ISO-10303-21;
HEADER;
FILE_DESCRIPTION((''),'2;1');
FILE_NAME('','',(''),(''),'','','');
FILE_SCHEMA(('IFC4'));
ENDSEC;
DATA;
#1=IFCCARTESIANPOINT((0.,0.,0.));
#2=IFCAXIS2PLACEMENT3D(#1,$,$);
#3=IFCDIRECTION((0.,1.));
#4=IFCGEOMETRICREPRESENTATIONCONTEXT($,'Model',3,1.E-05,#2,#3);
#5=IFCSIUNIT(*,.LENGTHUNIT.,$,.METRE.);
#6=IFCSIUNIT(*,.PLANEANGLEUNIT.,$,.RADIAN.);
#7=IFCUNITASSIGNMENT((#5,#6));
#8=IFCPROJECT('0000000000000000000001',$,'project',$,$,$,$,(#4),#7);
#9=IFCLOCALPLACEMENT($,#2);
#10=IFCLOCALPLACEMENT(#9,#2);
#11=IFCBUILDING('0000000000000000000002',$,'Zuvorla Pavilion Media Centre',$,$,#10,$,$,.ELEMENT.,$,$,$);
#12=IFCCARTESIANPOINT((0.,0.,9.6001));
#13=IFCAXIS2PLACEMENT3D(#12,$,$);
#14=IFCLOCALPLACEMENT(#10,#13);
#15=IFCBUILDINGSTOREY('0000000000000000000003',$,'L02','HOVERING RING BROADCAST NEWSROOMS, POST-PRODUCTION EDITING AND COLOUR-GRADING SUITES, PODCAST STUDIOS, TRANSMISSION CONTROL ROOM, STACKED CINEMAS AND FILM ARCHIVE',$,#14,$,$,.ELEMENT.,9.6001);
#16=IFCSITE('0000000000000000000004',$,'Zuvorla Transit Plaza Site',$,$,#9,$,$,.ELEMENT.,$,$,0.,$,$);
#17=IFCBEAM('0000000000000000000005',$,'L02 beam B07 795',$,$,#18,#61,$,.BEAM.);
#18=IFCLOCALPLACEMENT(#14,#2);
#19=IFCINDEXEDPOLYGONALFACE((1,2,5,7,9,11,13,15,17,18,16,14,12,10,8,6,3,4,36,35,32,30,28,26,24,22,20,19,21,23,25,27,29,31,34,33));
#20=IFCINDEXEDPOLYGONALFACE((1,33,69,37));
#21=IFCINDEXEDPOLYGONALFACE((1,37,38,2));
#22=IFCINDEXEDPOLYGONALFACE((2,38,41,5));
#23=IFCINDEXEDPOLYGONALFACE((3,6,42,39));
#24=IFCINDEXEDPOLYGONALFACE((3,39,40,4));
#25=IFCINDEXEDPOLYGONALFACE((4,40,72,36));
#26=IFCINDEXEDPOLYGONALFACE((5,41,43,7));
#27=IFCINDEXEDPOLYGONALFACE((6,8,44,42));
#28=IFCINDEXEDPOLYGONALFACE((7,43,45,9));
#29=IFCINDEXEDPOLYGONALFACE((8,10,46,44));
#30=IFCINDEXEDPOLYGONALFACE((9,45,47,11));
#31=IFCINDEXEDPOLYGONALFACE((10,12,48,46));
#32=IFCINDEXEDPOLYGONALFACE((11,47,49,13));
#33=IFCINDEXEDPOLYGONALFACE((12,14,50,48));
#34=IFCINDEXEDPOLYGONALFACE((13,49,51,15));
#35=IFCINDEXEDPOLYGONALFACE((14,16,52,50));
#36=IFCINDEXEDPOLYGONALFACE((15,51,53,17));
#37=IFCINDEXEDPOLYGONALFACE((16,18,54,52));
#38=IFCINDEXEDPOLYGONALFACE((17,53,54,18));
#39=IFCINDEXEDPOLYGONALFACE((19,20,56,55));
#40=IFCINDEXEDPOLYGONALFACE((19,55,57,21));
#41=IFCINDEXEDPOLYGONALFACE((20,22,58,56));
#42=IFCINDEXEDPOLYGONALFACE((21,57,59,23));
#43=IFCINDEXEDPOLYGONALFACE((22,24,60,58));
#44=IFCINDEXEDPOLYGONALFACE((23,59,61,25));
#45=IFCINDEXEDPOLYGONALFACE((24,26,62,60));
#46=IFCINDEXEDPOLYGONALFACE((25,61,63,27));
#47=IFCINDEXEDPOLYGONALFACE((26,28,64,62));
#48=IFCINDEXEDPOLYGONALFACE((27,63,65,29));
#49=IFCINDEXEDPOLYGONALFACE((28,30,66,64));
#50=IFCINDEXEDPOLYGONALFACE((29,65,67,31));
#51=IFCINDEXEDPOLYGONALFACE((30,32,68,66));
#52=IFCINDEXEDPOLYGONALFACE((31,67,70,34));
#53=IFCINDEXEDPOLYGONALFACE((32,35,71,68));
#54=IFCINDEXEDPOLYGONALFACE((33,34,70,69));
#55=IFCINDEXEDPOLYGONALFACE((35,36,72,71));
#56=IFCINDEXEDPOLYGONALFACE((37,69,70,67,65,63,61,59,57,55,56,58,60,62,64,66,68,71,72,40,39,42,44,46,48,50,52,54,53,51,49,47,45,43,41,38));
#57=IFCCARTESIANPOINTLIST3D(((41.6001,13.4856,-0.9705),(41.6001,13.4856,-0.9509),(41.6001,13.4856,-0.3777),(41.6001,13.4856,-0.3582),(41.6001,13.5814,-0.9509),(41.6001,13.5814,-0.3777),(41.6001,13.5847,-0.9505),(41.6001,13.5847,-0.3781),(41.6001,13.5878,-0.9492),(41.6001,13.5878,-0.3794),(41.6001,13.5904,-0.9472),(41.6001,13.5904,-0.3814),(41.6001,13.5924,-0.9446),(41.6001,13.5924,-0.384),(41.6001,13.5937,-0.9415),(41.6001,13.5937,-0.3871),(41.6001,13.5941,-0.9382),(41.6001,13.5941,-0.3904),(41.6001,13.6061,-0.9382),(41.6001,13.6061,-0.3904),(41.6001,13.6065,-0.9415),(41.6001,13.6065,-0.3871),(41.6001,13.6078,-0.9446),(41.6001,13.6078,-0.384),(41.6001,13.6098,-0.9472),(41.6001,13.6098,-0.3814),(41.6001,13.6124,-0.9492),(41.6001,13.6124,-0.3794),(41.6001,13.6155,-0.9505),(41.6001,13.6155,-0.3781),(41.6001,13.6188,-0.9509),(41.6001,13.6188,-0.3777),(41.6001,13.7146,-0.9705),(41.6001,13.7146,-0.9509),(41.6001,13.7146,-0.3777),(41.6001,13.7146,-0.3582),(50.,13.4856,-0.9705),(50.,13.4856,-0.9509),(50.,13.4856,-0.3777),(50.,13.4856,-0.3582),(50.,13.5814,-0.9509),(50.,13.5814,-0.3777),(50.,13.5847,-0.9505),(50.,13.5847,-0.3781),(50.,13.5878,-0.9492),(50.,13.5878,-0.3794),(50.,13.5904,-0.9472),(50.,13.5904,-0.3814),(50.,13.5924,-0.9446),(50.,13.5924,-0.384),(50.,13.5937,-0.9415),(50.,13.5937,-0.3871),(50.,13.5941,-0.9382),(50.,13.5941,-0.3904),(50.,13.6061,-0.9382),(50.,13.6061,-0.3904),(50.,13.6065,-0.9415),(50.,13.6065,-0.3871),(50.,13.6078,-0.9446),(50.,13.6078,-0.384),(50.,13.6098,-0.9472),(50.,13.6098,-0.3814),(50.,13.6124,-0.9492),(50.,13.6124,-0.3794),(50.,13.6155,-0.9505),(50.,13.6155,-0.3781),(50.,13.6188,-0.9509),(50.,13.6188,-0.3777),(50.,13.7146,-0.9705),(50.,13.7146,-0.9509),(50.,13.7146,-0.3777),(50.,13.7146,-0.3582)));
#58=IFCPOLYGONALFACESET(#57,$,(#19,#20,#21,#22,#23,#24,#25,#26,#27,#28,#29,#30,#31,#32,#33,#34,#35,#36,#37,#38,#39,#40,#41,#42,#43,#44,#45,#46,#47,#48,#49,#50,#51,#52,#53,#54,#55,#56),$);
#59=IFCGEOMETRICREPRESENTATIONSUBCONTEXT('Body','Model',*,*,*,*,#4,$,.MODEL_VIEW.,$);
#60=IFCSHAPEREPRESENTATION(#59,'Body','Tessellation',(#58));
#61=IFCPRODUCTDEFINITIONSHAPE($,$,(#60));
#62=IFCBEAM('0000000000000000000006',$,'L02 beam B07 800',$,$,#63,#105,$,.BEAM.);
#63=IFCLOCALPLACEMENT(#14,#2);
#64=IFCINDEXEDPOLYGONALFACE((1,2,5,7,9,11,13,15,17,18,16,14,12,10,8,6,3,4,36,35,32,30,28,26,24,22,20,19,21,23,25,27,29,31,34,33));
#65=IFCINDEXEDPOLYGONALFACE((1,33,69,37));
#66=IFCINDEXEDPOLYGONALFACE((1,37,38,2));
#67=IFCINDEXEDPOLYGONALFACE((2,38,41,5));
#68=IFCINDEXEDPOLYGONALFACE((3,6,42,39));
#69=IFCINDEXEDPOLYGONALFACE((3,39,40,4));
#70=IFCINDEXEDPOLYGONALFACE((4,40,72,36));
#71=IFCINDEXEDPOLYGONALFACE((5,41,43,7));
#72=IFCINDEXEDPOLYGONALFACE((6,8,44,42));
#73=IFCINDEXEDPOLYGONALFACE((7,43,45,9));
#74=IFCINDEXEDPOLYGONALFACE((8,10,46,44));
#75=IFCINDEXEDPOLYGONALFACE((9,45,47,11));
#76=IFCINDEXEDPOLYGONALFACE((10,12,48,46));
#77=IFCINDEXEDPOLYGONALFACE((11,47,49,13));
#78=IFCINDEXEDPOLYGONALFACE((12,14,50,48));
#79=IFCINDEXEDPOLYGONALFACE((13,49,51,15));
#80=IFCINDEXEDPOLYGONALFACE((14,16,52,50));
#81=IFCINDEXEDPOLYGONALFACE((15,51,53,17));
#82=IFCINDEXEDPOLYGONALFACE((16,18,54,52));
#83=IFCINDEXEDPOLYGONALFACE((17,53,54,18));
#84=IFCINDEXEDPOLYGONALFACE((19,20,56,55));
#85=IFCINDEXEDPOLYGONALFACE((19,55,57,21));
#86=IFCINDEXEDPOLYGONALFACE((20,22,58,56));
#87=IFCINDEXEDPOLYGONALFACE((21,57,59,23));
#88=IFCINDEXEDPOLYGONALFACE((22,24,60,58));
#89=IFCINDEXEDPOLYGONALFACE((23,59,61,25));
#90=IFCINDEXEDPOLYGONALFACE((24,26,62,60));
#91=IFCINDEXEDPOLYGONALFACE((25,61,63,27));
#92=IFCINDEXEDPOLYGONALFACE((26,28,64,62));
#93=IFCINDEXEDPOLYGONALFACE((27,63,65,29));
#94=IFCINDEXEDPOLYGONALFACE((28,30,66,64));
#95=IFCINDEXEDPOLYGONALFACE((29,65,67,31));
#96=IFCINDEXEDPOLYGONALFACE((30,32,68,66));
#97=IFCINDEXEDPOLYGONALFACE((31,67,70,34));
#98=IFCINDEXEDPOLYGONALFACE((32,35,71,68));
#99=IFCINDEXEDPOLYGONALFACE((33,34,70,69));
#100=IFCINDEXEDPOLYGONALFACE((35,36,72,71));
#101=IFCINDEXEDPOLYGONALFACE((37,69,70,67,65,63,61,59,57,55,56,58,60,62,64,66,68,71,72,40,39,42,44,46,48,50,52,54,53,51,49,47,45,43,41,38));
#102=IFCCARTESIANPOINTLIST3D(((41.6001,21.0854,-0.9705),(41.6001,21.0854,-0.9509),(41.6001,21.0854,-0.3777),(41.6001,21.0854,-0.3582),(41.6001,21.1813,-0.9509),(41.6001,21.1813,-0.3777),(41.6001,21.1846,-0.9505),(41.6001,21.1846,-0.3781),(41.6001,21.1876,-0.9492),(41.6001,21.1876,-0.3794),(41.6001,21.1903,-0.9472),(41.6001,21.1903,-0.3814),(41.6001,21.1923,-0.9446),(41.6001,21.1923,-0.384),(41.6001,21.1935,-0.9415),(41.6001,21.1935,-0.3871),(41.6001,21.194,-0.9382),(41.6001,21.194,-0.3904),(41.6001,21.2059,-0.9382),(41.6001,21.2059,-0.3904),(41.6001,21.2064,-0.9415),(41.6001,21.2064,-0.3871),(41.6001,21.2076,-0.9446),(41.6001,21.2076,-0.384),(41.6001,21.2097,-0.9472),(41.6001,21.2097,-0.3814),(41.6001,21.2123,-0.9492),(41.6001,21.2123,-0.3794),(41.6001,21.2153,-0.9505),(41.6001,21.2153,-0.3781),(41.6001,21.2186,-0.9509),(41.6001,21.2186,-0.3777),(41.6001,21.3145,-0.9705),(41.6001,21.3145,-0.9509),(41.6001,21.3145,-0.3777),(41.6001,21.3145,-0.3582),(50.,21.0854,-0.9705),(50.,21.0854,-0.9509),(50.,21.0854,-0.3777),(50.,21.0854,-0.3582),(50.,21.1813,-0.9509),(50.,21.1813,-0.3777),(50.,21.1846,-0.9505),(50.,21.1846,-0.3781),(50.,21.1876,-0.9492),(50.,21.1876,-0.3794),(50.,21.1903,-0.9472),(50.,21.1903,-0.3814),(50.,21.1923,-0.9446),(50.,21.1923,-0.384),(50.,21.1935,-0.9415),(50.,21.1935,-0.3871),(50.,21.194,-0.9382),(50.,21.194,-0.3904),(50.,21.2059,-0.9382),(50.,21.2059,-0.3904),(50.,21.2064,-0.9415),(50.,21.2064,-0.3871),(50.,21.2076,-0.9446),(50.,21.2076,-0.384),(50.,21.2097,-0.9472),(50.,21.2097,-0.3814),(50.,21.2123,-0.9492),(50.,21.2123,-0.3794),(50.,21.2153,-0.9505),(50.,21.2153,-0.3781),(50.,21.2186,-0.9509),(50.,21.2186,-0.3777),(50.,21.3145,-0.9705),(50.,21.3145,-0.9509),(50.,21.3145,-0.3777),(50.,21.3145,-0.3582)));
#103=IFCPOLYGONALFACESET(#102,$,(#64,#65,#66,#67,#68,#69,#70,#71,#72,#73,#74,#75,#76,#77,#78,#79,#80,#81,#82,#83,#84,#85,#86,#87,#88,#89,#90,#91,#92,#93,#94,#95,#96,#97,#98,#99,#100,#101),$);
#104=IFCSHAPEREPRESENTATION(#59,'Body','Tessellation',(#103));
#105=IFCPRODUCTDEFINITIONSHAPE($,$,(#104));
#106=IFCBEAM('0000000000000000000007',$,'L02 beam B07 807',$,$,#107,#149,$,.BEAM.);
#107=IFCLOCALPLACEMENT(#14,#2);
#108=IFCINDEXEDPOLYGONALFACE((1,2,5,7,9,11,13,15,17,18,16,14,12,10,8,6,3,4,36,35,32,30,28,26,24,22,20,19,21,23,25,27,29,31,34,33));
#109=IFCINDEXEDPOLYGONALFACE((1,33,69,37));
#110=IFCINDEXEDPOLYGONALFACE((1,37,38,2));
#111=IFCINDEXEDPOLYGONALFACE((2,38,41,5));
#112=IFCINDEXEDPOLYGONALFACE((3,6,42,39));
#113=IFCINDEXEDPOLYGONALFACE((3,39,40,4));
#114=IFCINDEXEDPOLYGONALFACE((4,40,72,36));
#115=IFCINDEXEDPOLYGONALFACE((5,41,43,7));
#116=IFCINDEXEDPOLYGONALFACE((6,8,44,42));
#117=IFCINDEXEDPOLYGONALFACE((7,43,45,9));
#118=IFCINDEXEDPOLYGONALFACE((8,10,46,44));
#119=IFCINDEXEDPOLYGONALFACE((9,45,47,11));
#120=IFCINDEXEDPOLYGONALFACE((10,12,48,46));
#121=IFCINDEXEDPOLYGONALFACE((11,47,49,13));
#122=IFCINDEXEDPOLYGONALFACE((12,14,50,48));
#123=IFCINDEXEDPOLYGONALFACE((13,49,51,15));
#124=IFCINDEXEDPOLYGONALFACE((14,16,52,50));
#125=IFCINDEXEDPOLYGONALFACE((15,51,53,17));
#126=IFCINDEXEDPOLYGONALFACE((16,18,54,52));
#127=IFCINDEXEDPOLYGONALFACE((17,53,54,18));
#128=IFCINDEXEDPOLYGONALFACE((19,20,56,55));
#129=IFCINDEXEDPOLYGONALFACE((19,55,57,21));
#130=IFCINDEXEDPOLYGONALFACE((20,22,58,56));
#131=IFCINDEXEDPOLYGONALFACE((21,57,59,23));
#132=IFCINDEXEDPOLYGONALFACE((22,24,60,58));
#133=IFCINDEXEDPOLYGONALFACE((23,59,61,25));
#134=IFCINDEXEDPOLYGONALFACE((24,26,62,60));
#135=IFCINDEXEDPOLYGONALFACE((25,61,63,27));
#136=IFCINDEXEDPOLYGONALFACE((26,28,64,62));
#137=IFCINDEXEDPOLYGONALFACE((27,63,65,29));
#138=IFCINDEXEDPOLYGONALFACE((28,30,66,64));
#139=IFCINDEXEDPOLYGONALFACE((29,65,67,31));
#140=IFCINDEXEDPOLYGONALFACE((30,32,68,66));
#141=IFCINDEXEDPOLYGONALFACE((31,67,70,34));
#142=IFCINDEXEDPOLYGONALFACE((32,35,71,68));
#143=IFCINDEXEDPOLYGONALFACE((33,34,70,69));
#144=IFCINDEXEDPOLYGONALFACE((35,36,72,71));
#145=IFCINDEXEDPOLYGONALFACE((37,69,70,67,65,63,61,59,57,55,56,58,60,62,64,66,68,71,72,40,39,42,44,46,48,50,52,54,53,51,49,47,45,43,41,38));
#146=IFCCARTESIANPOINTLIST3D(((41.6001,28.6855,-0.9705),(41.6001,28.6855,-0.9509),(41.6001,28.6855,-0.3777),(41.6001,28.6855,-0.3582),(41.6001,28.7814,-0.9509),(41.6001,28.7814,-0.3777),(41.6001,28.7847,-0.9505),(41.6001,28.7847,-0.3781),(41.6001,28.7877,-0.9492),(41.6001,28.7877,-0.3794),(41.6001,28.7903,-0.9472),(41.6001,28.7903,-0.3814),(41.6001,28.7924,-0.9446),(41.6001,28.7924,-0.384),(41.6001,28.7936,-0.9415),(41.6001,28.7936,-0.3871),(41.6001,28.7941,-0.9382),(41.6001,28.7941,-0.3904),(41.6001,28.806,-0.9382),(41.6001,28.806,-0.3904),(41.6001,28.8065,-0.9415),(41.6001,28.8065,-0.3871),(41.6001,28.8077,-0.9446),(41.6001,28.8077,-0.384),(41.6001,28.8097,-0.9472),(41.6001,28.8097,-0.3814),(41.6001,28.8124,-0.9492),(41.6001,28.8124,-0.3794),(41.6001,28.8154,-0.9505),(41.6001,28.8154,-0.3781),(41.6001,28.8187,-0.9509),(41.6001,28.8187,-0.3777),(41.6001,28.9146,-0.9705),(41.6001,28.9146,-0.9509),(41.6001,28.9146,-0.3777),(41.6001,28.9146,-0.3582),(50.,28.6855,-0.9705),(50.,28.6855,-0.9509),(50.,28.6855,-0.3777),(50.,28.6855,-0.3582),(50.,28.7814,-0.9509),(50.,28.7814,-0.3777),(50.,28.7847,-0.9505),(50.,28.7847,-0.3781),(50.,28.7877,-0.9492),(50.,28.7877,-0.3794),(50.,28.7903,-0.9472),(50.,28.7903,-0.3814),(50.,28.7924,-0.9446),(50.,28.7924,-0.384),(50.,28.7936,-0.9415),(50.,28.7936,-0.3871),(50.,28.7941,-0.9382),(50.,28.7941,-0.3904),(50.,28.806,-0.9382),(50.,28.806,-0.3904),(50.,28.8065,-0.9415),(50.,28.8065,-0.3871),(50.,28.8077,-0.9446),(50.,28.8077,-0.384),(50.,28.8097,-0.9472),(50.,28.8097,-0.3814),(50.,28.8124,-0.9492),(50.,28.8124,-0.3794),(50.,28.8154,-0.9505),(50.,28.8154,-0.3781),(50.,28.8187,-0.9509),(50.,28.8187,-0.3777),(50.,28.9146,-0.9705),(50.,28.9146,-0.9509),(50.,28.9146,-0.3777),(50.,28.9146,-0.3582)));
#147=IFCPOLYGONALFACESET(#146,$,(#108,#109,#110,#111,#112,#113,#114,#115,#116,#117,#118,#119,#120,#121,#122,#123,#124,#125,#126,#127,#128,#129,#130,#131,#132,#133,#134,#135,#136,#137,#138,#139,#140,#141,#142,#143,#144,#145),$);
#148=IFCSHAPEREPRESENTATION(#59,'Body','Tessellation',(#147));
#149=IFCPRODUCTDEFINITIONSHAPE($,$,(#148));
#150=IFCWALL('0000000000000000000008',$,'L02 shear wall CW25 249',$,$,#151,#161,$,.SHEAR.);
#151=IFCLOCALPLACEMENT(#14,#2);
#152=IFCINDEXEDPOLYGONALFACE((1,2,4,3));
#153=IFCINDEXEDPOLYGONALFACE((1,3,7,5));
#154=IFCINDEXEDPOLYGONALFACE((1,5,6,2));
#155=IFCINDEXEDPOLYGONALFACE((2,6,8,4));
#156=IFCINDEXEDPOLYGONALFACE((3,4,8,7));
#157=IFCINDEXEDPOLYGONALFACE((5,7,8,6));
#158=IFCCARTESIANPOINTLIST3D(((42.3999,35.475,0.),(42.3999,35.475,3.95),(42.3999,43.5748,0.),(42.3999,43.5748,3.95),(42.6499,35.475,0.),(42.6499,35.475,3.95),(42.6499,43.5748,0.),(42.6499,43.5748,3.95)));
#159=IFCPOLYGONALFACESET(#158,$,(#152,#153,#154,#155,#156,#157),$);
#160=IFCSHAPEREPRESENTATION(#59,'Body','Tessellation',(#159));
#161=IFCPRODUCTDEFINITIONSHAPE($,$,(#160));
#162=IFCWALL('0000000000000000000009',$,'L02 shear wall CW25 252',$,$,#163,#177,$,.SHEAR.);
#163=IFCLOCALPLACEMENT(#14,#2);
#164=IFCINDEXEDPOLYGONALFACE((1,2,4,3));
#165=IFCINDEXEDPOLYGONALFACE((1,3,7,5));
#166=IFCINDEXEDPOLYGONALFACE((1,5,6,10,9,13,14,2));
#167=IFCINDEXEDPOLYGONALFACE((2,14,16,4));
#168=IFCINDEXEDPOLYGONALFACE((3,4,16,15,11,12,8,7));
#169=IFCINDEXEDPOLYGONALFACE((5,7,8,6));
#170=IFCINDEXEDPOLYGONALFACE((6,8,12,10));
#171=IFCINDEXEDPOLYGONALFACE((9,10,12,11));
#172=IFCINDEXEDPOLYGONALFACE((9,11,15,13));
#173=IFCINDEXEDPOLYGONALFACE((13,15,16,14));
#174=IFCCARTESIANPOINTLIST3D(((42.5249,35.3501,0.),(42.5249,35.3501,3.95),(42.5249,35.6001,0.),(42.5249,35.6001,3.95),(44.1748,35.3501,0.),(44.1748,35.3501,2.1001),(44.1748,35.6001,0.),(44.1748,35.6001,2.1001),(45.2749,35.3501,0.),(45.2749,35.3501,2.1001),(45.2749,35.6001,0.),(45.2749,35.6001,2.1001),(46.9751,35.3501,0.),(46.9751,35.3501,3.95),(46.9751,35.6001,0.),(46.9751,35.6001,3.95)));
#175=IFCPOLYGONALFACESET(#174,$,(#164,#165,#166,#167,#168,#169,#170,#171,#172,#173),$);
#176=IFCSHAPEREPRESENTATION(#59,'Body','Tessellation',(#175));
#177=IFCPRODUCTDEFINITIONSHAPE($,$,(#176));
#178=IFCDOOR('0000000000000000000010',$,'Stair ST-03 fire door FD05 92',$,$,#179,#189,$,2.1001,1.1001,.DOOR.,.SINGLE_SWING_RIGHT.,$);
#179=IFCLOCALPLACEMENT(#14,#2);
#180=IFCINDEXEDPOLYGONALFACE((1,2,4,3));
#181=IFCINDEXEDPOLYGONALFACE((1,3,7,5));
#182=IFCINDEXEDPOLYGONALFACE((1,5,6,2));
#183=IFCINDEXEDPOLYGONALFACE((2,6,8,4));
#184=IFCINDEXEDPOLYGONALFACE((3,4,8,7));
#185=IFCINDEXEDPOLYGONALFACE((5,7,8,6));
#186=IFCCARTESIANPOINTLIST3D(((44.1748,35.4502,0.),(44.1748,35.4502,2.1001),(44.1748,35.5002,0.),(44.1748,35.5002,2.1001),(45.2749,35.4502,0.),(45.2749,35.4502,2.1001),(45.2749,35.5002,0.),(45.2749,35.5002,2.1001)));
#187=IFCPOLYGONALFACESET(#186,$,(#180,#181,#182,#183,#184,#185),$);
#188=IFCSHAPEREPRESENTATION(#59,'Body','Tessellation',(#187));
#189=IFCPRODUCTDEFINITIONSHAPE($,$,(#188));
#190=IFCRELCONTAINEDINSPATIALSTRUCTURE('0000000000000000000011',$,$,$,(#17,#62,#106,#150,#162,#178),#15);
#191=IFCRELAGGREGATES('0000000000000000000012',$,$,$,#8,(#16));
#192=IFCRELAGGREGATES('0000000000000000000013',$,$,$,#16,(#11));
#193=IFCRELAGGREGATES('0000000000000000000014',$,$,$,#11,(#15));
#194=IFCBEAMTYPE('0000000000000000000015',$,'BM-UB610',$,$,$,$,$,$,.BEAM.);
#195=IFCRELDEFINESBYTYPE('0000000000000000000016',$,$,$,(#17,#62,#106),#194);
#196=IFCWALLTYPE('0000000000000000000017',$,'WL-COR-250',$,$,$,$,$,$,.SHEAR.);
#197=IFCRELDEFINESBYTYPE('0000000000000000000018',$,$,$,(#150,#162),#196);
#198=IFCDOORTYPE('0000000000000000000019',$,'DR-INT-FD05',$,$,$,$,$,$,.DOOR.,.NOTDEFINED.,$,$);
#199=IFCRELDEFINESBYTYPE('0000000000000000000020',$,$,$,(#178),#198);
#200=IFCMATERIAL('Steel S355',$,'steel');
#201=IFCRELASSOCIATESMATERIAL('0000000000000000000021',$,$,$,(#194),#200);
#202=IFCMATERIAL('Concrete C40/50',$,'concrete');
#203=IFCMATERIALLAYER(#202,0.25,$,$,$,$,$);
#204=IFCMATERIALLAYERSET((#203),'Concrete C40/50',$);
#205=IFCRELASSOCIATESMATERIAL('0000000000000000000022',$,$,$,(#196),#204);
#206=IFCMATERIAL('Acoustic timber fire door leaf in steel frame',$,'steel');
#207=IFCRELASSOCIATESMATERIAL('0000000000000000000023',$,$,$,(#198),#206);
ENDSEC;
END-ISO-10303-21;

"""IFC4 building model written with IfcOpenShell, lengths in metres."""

from ifc_helpers import new_model, si_unit, direction, frame, frame_2d, origin, origin_2d, place, context, subcontext, project, spatial, rectangle, i_section, extrude, material, layer, layer_set, material_profile, profile_set, type_object, element, fill, save


model = new_model("IFC4")

# Units and contexts
model_context = context("Model", 3, precision=1e-05, world=origin(), true_north=direction((0.0, 1.0)))
body_context = subcontext(model_context, "Body", "Model", "MODEL_VIEW")
ifc_project = project(units=[si_unit("LENGTHUNIT", "METRE"), si_unit("PLANEANGLEUNIT", "RADIAN")], contexts=[model_context])

# Site, building, storey
site_placement = place(None, origin())
site = spatial("IfcSite", under=ifc_project, at=site_placement, Name="Zuvorla Transit Plaza Site", CompositionType="ELEMENT", RefElevation=0.0)
building_placement = place(site_placement, origin())
building = spatial("IfcBuilding", under=site, at=building_placement, Name="Zuvorla Pavilion Media Centre", CompositionType="ELEMENT")
storey_placement = place(building_placement, frame((0.0, 0.0, 9.6001)))
storey = spatial("IfcBuildingStorey", under=building, at=storey_placement, Name="L02", Description="HOVERING RING BROADCAST NEWSROOMS, POST-PRODUCTION EDITING AND COLOUR-GRADING SUITES, PODCAST STUDIOS, TRANSMISSION CONTROL ROOM, STACKED CINEMAS AND FILM ARCHIVE", CompositionType="ELEMENT", Elevation=9.6001)

# Shared definitions
ifc_material_1 = material(Name="Concrete C40/50", Category="concrete")

# Beams
ifc_material_2 = material(Name="Steel S355", Category="steel")
ifc_material_profile_1 = material_profile(ifc_material_2, i_section(OverallWidth=0.229, OverallDepth=0.6123, WebThickness=0.012, FlangeThickness=0.0195, FilletRadius=0.0127, at=origin_2d()), Name="UB 610x229x125")
ifc_profile_set_1 = profile_set([ifc_material_profile_1], Name="Steel S355")
beam_type_1 = type_object("IfcBeamType", Name="BM-UB610", PredefinedType="BEAM", material=ifc_profile_set_1)
for number, where, z_axis, x_axis, name in (
    (1, (41.6001, 13.6001, -0.6643), (1.0, 0.0, 0.0), (0.0, 1.0, 0.0), "L02 beam B07 795"),
    (2, (41.6001, 21.2, -0.6643), (1.0, 0.0, 0.0), (0.0, 1.0, 0.0), "L02 beam B07 800"),
    (3, (41.6001, 28.8, -0.6643), (1.0, 0.0, 0.0), (0.0, 1.0, 0.0), "L02 beam B07 807"),
):
    element("IfcBeam", number, at=place(storey_placement, frame(where, z_axis=z_axis, x_axis=x_axis)), inside=storey, type_object=beam_type_1, Name=name, PredefinedType="BEAM", context=body_context, shape_type="SweptSolid", body=[
        extrude(i_section(OverallWidth=0.229, OverallDepth=0.6123, WebThickness=0.012, FlangeThickness=0.0195, FilletRadius=0.0127, at=origin_2d()), origin(), (0.0, 0.0, 1.0), 8.3999),
    ])

# Wall
ifc_layer_1 = layer(ifc_material_1, 0.25)
ifc_layer_set_1 = layer_set([ifc_layer_1], Name="Concrete C40/50")
wall_type_1 = type_object("IfcWallType", Name="WL-COR-250", PredefinedType="SHEAR", material=ifc_layer_set_1)
wall_1_placement = place(storey_placement, frame((42.5249, 35.4751, 0.0), z_axis=(0.0, 0.0, 1.0), x_axis=(0.0, 1.0, 0.0)))
element("IfcWall", 4, at=wall_1_placement, inside=storey, type_object=wall_type_1, Name="L02 shear wall CW25 249", PredefinedType="SHEAR", context=body_context, shape_type="SweptSolid", body=[
    extrude(rectangle(XDim=8.0999, YDim=0.25, at=frame_2d((4.0498, 0.0))), origin(), (0.0, 0.0, 1.0), 3.95),
])

# Wall, opening, door
wall_2_placement = place(storey_placement, frame((42.5249, 35.4751, 0.0), z_axis=(0.0, 0.0, 1.0), x_axis=(1.0, 0.0, 0.0)))
wall_2 = element("IfcWall", 5, at=wall_2_placement, inside=storey, type_object=wall_type_1, Name="L02 shear wall CW25 252", PredefinedType="SHEAR", context=body_context, shape_type="SweptSolid", body=[
    extrude(rectangle(XDim=4.4502, YDim=0.25, at=frame_2d((2.2251, 0.0))), origin(), (0.0, 0.0, 1.0), 3.95),
])
opening_1_placement = place(wall_2_placement, frame((1.6499, 0.0, 0.0)))
opening_1 = element("IfcOpeningElement", 6, at=opening_1_placement, cuts=wall_2, PredefinedType="OPENING", context=body_context, shape_type="SweptSolid", body=[
    extrude(rectangle(XDim=1.1001, YDim=2.1001, at=frame_2d((0.55, 1.05))), frame((0.0, 0.135, 0.0), z_axis=(0.0, -1.0, 0.0), x_axis=(1.0, 0.0, 0.0)), (0.0, 0.0, 1.0), 0.27),
])
ifc_material_3 = material(Name="Acoustic timber fire door leaf in steel frame", Category="steel")
door_type = type_object("IfcDoorType", Name="DR-INT-FD05", OperationType="NOTDEFINED", PredefinedType="DOOR", material=ifc_material_3)
door_placement = place(opening_1_placement, frame((1.1001, 0.0, 0.0), z_axis=(0.0, 0.0, 1.0), x_axis=(-1.0, 0.0, 0.0)))
door = element("IfcDoor", 7, at=door_placement, inside=storey, type_object=door_type, Name="Stair ST-03 fire door FD05 92", OperationType="SINGLE_SWING_RIGHT", OverallHeight=2.1001, OverallWidth=1.1001, PredefinedType="DOOR", context=body_context, shape_type="SweptSolid", body=[
    extrude(rectangle(XDim=1.1001, YDim=2.1001, at=frame_2d((0.55, 1.05))), frame((0.0, 0.0249, 0.0), z_axis=(0.0, -1.0, 0.0), x_axis=(1.0, 0.0, 0.0)), (0.0, 0.0, 1.0), 0.05),
])
fill(opening_1, door)

save(model, "model.ifc")
